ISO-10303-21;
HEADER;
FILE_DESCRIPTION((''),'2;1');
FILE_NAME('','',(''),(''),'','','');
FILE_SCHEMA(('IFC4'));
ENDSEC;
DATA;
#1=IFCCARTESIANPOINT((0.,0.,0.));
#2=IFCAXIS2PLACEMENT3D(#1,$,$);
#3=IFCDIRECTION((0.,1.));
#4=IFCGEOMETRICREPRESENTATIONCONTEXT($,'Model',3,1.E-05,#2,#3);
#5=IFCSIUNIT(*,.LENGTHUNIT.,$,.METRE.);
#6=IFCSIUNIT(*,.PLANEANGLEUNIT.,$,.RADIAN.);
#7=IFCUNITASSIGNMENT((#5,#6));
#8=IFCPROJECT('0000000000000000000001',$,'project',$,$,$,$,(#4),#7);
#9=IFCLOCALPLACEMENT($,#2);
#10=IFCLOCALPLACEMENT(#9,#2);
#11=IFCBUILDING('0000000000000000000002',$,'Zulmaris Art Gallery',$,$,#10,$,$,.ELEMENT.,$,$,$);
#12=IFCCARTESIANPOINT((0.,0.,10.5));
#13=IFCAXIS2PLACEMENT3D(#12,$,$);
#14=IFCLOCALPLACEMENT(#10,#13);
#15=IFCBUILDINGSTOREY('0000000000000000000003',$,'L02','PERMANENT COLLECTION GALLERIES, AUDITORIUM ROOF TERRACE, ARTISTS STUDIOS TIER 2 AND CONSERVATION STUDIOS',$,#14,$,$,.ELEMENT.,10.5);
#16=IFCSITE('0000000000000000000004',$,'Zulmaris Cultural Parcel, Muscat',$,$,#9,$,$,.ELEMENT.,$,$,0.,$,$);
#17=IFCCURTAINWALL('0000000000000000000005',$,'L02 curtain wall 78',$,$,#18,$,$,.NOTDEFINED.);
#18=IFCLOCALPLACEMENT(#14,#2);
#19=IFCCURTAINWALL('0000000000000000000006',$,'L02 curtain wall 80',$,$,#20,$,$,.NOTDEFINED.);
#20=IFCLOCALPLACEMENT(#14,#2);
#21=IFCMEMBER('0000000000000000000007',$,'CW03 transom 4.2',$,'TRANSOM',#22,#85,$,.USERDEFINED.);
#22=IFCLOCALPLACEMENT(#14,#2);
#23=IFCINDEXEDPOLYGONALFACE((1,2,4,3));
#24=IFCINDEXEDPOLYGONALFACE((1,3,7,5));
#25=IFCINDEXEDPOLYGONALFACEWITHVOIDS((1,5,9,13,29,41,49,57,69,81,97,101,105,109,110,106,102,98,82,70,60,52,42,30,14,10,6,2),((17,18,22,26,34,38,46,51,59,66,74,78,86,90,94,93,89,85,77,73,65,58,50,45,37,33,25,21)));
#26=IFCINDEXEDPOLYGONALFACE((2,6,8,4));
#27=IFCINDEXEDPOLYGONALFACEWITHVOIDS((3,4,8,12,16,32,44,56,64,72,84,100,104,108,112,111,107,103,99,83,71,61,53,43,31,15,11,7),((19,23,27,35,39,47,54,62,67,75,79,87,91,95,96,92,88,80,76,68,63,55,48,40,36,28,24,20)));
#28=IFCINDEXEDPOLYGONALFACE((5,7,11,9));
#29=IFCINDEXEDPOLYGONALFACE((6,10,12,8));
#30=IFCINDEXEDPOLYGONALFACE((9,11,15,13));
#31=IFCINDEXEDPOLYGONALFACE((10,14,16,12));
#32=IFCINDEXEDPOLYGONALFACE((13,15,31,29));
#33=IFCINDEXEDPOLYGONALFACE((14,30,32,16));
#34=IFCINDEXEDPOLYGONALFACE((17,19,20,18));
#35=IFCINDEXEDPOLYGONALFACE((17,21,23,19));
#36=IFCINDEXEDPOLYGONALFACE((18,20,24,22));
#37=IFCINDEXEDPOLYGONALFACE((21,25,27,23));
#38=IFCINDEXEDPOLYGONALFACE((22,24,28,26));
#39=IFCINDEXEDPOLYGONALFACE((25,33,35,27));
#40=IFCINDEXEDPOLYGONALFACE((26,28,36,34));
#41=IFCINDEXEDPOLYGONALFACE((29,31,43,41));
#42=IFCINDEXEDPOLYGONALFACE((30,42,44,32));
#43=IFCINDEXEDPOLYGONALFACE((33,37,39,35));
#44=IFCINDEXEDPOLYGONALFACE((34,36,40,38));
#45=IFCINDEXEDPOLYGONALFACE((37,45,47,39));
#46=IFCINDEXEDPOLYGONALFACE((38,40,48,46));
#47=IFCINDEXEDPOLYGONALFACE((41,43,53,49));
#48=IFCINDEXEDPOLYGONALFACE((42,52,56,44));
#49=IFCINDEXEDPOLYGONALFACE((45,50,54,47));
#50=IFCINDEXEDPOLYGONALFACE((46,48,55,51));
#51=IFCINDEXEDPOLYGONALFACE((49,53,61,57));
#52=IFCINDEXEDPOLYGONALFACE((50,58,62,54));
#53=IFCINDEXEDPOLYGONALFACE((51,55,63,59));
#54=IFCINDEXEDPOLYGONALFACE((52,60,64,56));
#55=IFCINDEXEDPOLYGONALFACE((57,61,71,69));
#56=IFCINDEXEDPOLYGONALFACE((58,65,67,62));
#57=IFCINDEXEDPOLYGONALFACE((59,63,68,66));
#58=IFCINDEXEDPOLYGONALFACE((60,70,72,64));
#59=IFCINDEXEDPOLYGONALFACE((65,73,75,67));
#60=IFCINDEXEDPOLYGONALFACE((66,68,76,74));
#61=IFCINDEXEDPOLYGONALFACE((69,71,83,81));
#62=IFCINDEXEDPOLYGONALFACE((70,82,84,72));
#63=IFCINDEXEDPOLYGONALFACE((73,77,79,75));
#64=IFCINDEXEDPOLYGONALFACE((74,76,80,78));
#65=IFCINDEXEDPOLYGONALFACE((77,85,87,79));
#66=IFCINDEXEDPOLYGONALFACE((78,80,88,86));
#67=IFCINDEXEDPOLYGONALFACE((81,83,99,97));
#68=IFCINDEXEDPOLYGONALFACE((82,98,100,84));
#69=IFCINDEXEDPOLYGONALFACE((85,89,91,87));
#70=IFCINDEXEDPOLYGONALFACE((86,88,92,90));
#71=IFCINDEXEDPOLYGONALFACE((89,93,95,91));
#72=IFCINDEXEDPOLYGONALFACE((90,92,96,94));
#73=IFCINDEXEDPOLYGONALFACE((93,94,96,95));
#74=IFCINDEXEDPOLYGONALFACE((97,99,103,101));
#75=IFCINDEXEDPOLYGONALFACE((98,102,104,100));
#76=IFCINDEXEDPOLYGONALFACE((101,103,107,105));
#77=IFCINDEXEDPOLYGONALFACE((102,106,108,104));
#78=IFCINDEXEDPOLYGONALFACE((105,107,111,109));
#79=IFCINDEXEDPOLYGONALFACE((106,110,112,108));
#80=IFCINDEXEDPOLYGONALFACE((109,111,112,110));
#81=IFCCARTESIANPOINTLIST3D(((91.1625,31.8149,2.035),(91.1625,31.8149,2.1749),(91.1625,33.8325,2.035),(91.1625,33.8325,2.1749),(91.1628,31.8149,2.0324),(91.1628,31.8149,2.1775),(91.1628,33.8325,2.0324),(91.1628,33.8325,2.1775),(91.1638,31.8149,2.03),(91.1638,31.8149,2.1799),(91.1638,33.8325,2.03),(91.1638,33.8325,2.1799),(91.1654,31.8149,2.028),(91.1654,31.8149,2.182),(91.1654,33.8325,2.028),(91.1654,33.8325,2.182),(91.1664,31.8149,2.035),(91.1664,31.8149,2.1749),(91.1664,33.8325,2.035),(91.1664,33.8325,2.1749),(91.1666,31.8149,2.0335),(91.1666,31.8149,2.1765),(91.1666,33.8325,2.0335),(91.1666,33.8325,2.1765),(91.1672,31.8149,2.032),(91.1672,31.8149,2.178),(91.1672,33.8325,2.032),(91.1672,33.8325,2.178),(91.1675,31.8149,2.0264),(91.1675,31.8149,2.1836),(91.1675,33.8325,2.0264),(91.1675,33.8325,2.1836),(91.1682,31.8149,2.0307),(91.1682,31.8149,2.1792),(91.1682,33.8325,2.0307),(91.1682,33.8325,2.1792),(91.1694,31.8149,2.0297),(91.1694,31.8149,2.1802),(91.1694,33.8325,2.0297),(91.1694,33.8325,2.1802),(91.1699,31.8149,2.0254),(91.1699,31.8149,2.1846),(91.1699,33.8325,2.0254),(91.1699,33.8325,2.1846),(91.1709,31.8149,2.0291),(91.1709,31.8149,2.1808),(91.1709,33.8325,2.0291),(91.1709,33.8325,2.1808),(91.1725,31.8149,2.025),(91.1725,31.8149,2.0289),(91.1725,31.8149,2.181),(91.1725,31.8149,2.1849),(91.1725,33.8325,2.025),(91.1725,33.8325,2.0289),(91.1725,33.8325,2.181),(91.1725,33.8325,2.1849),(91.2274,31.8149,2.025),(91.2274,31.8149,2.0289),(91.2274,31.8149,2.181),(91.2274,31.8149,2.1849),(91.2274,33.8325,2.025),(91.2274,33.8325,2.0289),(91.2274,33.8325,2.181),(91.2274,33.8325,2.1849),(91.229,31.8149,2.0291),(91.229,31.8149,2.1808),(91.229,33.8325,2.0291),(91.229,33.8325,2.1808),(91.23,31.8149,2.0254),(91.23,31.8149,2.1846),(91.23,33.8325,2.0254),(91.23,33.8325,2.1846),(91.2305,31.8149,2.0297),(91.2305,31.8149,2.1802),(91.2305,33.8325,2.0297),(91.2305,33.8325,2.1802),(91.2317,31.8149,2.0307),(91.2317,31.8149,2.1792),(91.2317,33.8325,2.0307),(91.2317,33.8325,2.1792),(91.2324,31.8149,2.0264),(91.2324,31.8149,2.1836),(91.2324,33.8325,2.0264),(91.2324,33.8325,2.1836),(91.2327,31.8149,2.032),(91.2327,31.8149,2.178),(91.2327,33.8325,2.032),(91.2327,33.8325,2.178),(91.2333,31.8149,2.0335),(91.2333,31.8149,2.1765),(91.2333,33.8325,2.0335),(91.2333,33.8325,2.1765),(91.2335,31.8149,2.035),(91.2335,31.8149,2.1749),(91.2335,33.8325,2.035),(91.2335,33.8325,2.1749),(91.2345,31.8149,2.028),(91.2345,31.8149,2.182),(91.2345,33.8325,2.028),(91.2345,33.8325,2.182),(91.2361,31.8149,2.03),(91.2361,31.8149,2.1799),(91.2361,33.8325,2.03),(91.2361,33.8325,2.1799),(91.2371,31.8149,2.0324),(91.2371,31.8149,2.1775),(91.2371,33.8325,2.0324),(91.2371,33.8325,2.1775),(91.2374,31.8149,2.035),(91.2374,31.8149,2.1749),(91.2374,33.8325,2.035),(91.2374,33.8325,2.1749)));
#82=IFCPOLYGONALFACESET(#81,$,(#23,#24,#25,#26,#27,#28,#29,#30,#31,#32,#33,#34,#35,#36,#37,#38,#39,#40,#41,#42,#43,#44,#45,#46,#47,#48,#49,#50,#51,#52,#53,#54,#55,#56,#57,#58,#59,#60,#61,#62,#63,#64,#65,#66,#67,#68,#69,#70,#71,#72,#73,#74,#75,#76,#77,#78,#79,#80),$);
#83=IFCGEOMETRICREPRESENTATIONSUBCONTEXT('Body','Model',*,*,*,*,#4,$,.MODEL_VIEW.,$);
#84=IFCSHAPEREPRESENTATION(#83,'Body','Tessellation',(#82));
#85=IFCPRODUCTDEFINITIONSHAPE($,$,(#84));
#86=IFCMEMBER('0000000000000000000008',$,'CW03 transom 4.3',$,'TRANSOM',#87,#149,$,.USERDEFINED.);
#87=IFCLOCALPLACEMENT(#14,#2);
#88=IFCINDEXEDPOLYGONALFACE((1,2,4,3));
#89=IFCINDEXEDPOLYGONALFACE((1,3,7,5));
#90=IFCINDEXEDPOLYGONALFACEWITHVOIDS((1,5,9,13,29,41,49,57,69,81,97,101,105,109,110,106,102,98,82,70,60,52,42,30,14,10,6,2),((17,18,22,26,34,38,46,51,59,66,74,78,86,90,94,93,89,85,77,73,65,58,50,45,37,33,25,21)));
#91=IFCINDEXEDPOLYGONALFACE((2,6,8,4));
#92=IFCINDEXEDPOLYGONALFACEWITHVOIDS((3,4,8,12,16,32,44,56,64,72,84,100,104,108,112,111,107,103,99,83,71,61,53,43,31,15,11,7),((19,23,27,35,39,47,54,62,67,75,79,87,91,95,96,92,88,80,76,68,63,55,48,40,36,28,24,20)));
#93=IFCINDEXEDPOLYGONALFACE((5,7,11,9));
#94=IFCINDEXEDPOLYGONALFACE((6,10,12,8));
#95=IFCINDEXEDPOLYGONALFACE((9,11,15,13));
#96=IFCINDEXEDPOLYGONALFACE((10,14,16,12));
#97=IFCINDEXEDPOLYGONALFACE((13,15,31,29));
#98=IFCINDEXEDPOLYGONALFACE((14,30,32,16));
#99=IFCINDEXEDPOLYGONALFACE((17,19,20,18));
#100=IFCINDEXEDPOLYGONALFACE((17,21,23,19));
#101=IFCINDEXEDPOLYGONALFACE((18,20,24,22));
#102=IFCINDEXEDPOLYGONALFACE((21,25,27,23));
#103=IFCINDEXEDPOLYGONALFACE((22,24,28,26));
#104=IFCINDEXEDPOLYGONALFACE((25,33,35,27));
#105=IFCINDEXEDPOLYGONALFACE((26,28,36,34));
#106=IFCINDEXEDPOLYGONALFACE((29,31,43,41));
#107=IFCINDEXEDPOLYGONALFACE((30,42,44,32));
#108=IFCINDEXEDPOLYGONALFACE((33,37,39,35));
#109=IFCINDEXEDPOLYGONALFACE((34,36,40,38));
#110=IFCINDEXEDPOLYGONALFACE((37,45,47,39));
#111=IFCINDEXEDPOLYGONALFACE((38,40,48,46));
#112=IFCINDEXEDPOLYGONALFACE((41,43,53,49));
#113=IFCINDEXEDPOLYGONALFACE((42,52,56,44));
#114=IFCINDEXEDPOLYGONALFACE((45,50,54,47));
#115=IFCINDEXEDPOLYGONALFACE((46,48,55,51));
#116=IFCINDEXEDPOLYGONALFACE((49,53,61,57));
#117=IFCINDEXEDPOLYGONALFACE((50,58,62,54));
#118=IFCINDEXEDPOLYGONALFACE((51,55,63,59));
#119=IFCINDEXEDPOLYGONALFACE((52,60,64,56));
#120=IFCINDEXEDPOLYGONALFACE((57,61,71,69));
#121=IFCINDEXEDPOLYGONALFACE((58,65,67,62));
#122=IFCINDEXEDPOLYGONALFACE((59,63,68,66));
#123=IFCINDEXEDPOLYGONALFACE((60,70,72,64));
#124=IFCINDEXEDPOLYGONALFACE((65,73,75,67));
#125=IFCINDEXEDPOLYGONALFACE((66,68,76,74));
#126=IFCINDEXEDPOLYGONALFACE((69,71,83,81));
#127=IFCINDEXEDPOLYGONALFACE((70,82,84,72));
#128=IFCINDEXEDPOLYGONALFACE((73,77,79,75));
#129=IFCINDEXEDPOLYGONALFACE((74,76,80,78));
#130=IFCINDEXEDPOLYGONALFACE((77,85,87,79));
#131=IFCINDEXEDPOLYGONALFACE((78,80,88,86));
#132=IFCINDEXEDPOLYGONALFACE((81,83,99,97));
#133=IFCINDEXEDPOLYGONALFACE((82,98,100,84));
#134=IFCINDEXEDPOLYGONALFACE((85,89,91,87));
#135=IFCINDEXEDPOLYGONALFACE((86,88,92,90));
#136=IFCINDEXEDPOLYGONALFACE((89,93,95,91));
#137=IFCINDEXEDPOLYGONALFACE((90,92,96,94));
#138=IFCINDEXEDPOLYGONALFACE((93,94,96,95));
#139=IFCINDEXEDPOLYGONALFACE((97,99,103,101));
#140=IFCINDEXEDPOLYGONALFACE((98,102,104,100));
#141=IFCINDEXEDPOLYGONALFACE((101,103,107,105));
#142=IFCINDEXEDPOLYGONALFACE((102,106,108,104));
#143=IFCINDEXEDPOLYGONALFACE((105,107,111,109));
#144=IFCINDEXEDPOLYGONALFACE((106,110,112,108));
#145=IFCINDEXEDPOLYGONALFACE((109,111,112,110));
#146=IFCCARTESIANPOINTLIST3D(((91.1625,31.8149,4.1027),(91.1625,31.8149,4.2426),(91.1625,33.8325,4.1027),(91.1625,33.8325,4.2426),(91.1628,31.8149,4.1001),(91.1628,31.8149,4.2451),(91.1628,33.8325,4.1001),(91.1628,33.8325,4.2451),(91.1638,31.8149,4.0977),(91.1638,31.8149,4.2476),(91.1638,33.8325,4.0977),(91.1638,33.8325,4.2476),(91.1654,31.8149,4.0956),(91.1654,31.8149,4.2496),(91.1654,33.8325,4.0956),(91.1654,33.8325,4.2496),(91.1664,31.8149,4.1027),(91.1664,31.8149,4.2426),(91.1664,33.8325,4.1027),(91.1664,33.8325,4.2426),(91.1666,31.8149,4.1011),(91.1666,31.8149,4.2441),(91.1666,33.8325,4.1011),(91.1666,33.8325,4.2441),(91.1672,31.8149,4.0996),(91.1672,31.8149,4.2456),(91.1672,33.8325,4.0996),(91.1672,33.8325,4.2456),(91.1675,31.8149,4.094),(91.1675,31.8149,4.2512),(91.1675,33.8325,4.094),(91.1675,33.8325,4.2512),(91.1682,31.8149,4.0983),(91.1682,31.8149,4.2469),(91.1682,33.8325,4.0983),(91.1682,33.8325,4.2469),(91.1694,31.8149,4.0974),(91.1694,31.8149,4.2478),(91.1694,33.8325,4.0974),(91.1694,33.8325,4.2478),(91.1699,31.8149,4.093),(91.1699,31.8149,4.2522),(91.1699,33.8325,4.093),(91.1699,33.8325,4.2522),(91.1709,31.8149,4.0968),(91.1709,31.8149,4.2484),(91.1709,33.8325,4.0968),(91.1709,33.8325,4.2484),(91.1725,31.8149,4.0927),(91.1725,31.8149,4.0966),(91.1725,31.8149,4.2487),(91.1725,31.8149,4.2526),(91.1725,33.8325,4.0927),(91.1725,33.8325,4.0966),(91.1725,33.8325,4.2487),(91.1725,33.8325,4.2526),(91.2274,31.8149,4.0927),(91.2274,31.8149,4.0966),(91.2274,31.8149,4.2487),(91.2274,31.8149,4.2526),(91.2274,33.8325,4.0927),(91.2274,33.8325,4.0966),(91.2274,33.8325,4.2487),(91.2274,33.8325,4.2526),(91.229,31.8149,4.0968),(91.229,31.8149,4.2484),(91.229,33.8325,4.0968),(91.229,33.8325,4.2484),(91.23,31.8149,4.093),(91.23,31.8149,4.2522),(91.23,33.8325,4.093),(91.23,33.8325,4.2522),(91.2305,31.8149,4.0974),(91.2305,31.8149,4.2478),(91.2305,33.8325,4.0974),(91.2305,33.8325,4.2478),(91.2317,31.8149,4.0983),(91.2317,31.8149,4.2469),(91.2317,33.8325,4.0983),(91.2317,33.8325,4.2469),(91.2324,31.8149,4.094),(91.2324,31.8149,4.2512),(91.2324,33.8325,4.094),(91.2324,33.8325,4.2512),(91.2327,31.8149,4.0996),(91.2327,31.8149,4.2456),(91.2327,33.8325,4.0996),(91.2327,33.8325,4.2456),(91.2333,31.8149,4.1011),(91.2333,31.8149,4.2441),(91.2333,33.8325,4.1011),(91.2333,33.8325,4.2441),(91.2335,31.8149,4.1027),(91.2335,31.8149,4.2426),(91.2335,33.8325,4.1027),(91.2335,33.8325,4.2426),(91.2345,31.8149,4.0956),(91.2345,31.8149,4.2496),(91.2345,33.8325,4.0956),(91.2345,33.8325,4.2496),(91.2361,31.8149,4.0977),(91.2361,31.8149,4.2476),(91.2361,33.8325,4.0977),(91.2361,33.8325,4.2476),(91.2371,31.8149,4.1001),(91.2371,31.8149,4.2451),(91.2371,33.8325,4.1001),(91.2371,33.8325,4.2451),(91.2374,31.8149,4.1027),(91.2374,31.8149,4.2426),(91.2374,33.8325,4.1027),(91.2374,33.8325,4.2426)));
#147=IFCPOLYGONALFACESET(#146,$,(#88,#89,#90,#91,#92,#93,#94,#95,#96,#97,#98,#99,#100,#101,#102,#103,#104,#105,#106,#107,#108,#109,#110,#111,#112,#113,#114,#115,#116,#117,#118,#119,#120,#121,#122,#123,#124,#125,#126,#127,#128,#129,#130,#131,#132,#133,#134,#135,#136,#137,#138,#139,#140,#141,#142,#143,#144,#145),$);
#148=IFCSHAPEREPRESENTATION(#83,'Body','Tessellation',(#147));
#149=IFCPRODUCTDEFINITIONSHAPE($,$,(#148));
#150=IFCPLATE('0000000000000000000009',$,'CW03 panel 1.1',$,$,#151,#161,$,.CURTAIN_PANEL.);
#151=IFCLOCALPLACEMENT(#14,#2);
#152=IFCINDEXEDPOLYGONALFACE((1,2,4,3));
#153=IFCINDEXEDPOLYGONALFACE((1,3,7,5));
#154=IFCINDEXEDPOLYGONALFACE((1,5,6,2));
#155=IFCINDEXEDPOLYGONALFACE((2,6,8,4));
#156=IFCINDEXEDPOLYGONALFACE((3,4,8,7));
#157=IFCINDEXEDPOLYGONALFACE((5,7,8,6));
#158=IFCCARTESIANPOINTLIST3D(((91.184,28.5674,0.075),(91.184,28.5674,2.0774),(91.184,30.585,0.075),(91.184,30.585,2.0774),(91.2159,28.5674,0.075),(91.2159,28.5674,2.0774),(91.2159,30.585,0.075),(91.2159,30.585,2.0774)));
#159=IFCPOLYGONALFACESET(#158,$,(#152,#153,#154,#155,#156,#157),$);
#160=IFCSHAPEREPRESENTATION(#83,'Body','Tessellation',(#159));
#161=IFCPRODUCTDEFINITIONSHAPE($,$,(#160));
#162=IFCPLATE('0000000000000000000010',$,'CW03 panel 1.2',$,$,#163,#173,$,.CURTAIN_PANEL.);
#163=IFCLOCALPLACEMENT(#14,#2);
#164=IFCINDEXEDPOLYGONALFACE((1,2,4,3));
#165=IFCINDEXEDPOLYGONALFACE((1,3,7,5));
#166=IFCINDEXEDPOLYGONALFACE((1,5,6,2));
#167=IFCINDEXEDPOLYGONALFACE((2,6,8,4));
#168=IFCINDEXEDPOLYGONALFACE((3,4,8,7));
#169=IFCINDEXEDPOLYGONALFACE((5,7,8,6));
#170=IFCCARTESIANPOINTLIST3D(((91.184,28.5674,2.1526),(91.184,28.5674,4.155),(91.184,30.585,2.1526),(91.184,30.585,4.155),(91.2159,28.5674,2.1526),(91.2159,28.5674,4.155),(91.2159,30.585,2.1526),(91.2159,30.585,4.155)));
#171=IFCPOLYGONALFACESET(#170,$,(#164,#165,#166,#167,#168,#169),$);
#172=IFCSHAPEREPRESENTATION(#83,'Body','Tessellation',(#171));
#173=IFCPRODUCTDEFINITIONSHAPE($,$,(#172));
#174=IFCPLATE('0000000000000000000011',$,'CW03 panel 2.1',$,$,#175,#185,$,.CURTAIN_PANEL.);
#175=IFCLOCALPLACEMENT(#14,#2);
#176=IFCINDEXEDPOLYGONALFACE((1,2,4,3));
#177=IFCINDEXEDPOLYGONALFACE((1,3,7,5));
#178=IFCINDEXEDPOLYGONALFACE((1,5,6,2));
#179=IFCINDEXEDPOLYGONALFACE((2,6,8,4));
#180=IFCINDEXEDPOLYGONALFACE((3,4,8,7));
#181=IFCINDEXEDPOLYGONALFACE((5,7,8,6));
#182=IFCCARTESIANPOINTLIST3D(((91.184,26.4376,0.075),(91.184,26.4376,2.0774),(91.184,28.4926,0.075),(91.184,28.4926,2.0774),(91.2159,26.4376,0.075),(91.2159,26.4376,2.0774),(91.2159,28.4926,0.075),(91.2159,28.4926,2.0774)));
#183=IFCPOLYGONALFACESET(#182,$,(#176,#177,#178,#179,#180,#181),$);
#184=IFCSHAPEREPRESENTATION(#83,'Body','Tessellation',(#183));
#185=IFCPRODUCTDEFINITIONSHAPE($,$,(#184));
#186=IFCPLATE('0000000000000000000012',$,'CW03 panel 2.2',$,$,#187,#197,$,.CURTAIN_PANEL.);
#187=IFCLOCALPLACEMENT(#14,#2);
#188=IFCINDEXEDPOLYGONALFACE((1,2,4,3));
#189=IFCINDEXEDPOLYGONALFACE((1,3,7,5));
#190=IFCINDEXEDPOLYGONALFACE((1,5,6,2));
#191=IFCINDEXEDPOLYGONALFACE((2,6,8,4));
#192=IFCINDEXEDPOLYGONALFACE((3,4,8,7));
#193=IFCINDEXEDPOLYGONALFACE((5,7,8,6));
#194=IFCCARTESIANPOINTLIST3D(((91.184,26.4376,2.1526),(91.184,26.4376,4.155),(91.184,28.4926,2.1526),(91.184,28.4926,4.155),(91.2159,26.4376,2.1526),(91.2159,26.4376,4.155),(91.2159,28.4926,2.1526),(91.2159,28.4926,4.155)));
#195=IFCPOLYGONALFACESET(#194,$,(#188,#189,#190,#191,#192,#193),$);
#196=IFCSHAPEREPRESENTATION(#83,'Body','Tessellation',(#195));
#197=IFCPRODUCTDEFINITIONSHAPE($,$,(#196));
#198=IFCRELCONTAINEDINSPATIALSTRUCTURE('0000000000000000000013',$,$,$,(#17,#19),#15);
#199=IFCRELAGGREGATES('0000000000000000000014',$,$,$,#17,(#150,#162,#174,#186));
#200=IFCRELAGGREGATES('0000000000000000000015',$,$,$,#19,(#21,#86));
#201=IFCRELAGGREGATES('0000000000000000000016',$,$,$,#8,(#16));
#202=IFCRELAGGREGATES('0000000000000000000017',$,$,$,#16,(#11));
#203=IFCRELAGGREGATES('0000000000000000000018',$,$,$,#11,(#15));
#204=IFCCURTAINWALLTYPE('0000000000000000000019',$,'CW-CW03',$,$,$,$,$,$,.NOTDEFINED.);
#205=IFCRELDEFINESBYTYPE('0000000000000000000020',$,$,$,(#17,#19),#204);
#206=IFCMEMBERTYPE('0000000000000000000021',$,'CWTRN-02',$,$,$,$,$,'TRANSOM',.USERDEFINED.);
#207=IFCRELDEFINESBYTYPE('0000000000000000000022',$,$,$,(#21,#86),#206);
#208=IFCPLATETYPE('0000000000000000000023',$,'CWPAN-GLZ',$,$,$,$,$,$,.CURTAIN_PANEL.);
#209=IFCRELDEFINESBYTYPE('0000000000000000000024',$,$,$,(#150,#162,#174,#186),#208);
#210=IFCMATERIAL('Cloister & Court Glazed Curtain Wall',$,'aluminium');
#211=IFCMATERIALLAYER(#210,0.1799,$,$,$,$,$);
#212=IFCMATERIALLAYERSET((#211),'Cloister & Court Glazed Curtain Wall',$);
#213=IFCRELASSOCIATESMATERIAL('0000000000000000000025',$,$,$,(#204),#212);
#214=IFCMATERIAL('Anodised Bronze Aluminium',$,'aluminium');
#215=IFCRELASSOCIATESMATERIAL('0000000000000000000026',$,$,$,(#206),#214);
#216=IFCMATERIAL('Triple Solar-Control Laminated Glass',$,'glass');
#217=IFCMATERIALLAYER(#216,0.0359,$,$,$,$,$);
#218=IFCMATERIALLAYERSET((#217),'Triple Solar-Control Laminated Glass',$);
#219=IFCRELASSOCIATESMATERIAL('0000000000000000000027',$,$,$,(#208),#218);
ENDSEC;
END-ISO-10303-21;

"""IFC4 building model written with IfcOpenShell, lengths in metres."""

from ifc_helpers import new_model, si_unit, direction, frame, origin, origin_2d, place, context, subcontext, project, spatial, rectangle, hollow_rectangle, extrude, material, layer, layer_set, material_profile, profile_set, type_object, element, aggregate, save


model = new_model("IFC4")

# Units and contexts
model_context = context("Model", 3, precision=1e-05, world=origin(), true_north=direction((0.0, 1.0)))
body_context = subcontext(model_context, "Body", "Model", "MODEL_VIEW")
ifc_project = project(units=[si_unit("LENGTHUNIT", "METRE"), si_unit("PLANEANGLEUNIT", "RADIAN")], contexts=[model_context])

# Site, building, storey
site_placement = place(None, origin())
site = spatial("IfcSite", under=ifc_project, at=site_placement, Name="Zulmaris Cultural Parcel, Muscat", CompositionType="ELEMENT", RefElevation=0.0)
building_placement = place(site_placement, origin())
building = spatial("IfcBuilding", under=site, at=building_placement, Name="Zulmaris Art Gallery", CompositionType="ELEMENT")
storey_placement = place(building_placement, frame((0.0, 0.0, 10.5)))
storey = spatial("IfcBuildingStorey", under=building, at=storey_placement, Name="L02", Description="PERMANENT COLLECTION GALLERIES, AUDITORIUM ROOF TERRACE, ARTISTS STUDIOS TIER 2 AND CONSERVATION STUDIOS", CompositionType="ELEMENT", Elevation=10.5)

# Curtain walls
ifc_material_1 = material(Name="Cloister & Court Glazed Curtain Wall", Category="aluminium")
ifc_layer_1 = layer(ifc_material_1, 0.1799)
ifc_layer_set_1 = layer_set([ifc_layer_1], Name="Cloister & Court Glazed Curtain Wall")
curtain_wall_type = type_object("IfcCurtainWallType", Name="CW-CW03", PredefinedType="NOTDEFINED", material=ifc_layer_set_1)
curtain_wall_1_placement = place(storey_placement, origin())
curtain_wall_1 = element("IfcCurtainWall", 1, at=curtain_wall_1_placement, inside=storey, type_object=curtain_wall_type, Name="L02 curtain wall 78", PredefinedType="NOTDEFINED")
ifc_material_2 = material(Name="Anodised Bronze Aluminium", Category="aluminium")
curtain_wall_2_placement = place(storey_placement, origin())
curtain_wall_2 = element("IfcCurtainWall", 2, at=curtain_wall_2_placement, inside=storey, type_object=curtain_wall_type, Name="L02 curtain wall 80", PredefinedType="NOTDEFINED")

# Members
ifc_material_profile_1 = material_profile(ifc_material_2, hollow_rectangle(XDim=0.075, YDim=0.1599, WallThickness=0.0039, InnerFilletRadius=0.0061, OuterFilletRadius=0.01, at=origin_2d()), Name="ALU 75x160x4")
ifc_profile_set_1 = profile_set([ifc_material_profile_1], Name="Anodised Bronze Aluminium")
member_type_1 = type_object("IfcMemberType", Name="CWTRN-02", ElementType="TRANSOM", PredefinedType="USERDEFINED", material=ifc_profile_set_1)
member_1_placement = place(storey_placement, frame((91.2, 33.8325, 2.105), z_axis=(0.0, -1.0, 0.0), x_axis=(1.0, 0.0, 0.0)))
member_1 = element("IfcMember", 3, at=member_1_placement, type_object=member_type_1, Name="CW03 transom 4.2", ObjectType="TRANSOM", PredefinedType="USERDEFINED", context=body_context, shape_type="SweptSolid", body=[
    extrude(hollow_rectangle(XDim=0.075, YDim=0.1599, WallThickness=0.0039, InnerFilletRadius=0.0061, OuterFilletRadius=0.01, at=origin_2d()), origin(), (0.0, 0.0, 1.0), 2.0176),
])
member_2_placement = place(storey_placement, frame((91.2, 33.8325, 4.1726), z_axis=(0.0, -1.0, 0.0), x_axis=(1.0, 0.0, 0.0)))
member_2 = element("IfcMember", 4, at=member_2_placement, type_object=member_type_1, Name="CW03 transom 4.3", ObjectType="TRANSOM", PredefinedType="USERDEFINED", context=body_context, shape_type="SweptSolid", body=[
    extrude(hollow_rectangle(XDim=0.075, YDim=0.1599, WallThickness=0.0039, InnerFilletRadius=0.0061, OuterFilletRadius=0.01, at=origin_2d()), origin(), (0.0, 0.0, 1.0), 2.0176),
])

# Plates
ifc_material_3 = material(Name="Triple Solar-Control Laminated Glass", Category="glass")
ifc_layer_2 = layer(ifc_material_3, 0.0359)
ifc_layer_set_2 = layer_set([ifc_layer_2], Name="Triple Solar-Control Laminated Glass")
plate_type = type_object("IfcPlateType", Name="CWPAN-GLZ", PredefinedType="CURTAIN_PANEL", material=ifc_layer_set_2)
plate_1_placement = place(storey_placement, frame((91.2, 29.5762, 0.075), z_axis=(0.0, 0.0, 1.0), x_axis=(0.0, -1.0, 0.0)))
plate_1 = element("IfcPlate", 5, at=plate_1_placement, type_object=plate_type, Name="CW03 panel 1.1", PredefinedType="CURTAIN_PANEL", context=body_context, shape_type="SweptSolid", body=[
    extrude(rectangle(XDim=2.0176, YDim=0.032, at=origin_2d()), origin(), (0.0, 0.0, 1.0), 2.0024),
])
plate_2_placement = place(storey_placement, frame((91.2, 29.5762, 2.1526), z_axis=(0.0, 0.0, 1.0), x_axis=(0.0, -1.0, 0.0)))
plate_2 = element("IfcPlate", 6, at=plate_2_placement, type_object=plate_type, Name="CW03 panel 1.2", PredefinedType="CURTAIN_PANEL", context=body_context, shape_type="SweptSolid", body=[
    extrude(rectangle(XDim=2.0176, YDim=0.032, at=origin_2d()), origin(), (0.0, 0.0, 1.0), 2.0024),
])
plate_3_placement = place(storey_placement, frame((91.2, 27.4651, 0.075), z_axis=(0.0, 0.0, 1.0), x_axis=(0.0, -1.0, 0.0)))
plate_3 = element("IfcPlate", 7, at=plate_3_placement, type_object=plate_type, Name="CW03 panel 2.1", PredefinedType="CURTAIN_PANEL", context=body_context, shape_type="SweptSolid", body=[
    extrude(rectangle(XDim=2.0549, YDim=0.032, at=origin_2d()), origin(), (0.0, 0.0, 1.0), 2.0024),
])
plate_4_placement = place(storey_placement, frame((91.2, 27.4651, 2.1526), z_axis=(0.0, 0.0, 1.0), x_axis=(0.0, -1.0, 0.0)))
plate_4 = element("IfcPlate", 8, at=plate_4_placement, type_object=plate_type, Name="CW03 panel 2.2", PredefinedType="CURTAIN_PANEL", context=body_context, shape_type="SweptSolid", body=[
    extrude(rectangle(XDim=2.0549, YDim=0.032, at=origin_2d()), origin(), (0.0, 0.0, 1.0), 2.0024),
])
aggregate(curtain_wall_1, [plate_1, plate_2, plate_3, plate_4])
aggregate(curtain_wall_2, [member_1, member_2])

save(model, "model.ifc")
